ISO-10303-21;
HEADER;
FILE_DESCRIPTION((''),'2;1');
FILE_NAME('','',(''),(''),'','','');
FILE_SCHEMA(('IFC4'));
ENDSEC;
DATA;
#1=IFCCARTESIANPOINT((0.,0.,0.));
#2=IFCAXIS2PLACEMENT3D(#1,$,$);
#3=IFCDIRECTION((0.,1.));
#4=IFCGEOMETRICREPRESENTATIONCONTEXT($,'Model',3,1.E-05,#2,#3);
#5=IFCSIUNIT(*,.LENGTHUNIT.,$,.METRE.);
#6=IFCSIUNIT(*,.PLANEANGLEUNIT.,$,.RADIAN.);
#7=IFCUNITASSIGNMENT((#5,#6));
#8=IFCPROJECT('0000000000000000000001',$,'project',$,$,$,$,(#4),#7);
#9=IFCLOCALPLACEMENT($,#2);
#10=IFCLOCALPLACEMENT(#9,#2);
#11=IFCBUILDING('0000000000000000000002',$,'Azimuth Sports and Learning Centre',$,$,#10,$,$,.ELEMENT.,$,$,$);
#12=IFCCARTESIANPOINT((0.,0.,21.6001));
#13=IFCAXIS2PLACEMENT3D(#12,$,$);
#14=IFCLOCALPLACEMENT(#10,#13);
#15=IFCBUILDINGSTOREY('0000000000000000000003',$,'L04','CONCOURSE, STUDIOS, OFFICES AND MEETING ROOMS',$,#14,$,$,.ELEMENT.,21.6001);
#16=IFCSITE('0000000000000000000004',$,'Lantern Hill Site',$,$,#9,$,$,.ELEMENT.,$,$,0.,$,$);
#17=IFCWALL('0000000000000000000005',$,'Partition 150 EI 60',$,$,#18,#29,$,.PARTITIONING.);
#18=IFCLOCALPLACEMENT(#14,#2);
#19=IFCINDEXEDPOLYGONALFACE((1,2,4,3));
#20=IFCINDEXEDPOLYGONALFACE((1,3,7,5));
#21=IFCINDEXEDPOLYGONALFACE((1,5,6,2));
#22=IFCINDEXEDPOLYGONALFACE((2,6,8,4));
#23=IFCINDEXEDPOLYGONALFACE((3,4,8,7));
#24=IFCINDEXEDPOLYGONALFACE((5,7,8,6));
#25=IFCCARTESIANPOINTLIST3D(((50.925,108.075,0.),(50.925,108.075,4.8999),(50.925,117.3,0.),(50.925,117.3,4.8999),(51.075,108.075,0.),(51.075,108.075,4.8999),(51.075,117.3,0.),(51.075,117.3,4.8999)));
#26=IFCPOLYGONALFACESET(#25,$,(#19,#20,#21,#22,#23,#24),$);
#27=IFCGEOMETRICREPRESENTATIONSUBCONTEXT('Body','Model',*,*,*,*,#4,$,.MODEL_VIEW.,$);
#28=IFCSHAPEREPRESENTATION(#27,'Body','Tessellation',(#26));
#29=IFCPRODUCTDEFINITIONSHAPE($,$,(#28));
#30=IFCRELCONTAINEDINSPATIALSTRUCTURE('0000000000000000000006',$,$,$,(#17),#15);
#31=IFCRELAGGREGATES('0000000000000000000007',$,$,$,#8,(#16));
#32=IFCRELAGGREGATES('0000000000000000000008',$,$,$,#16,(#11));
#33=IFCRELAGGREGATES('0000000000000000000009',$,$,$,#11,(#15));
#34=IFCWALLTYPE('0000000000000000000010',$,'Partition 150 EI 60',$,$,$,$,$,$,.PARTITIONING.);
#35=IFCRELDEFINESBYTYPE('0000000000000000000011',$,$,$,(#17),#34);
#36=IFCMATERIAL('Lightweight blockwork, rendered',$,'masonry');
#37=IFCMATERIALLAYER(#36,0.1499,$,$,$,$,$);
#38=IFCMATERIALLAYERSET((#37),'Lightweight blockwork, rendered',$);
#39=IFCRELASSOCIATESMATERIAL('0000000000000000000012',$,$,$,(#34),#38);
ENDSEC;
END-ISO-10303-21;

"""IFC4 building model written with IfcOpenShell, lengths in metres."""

from ifc_helpers import new_model, si_unit, direction, frame, frame_2d, origin, place, context, subcontext, project, spatial, rectangle, extrude, material, layer, layer_set, type_object, element, save


model = new_model("IFC4")

# Units and contexts
model_context = context("Model", 3, precision=1e-05, world=origin(), true_north=direction((0.0, 1.0)))
body_context = subcontext(model_context, "Body", "Model", "MODEL_VIEW")
ifc_project = project(units=[si_unit("LENGTHUNIT", "METRE"), si_unit("PLANEANGLEUNIT", "RADIAN")], contexts=[model_context])

# Site, building, storey
site_placement = place(None, origin())
site = spatial("IfcSite", under=ifc_project, at=site_placement, Name="Lantern Hill Site", CompositionType="ELEMENT", RefElevation=0.0)
building_placement = place(site_placement, origin())
building = spatial("IfcBuilding", under=site, at=building_placement, Name="Azimuth Sports and Learning Centre", CompositionType="ELEMENT")
storey_placement = place(building_placement, frame((0.0, 0.0, 21.6001)))
storey = spatial("IfcBuildingStorey", under=building, at=storey_placement, Name="L04", Description="CONCOURSE, STUDIOS, OFFICES AND MEETING ROOMS", CompositionType="ELEMENT", Elevation=21.6001)

# Wall
ifc_material_1 = material(Name="Lightweight blockwork, rendered", Category="masonry")
ifc_layer = layer(ifc_material_1, 0.1499)
ifc_layer_set = layer_set([ifc_layer], Name="Lightweight blockwork, rendered")
wall_type = type_object("IfcWallType", Name="Partition 150 EI 60", PredefinedType="PARTITIONING", material=ifc_layer_set)
wall_placement = place(storey_placement, frame((51.0, 108.075, 0.0), z_axis=(0.0, 0.0, 1.0), x_axis=(0.0, 1.0, 0.0)))
element("IfcWall", 1, at=wall_placement, inside=storey, type_object=wall_type, Name="Partition 150 EI 60", PredefinedType="PARTITIONING", context=body_context, shape_type="SweptSolid", body=[
    extrude(rectangle(XDim=9.2251, YDim=0.1499, at=frame_2d((4.6125, 0.0))), origin(), (0.0, 0.0, 1.0), 4.8999),
])

save(model, "model.ifc")
